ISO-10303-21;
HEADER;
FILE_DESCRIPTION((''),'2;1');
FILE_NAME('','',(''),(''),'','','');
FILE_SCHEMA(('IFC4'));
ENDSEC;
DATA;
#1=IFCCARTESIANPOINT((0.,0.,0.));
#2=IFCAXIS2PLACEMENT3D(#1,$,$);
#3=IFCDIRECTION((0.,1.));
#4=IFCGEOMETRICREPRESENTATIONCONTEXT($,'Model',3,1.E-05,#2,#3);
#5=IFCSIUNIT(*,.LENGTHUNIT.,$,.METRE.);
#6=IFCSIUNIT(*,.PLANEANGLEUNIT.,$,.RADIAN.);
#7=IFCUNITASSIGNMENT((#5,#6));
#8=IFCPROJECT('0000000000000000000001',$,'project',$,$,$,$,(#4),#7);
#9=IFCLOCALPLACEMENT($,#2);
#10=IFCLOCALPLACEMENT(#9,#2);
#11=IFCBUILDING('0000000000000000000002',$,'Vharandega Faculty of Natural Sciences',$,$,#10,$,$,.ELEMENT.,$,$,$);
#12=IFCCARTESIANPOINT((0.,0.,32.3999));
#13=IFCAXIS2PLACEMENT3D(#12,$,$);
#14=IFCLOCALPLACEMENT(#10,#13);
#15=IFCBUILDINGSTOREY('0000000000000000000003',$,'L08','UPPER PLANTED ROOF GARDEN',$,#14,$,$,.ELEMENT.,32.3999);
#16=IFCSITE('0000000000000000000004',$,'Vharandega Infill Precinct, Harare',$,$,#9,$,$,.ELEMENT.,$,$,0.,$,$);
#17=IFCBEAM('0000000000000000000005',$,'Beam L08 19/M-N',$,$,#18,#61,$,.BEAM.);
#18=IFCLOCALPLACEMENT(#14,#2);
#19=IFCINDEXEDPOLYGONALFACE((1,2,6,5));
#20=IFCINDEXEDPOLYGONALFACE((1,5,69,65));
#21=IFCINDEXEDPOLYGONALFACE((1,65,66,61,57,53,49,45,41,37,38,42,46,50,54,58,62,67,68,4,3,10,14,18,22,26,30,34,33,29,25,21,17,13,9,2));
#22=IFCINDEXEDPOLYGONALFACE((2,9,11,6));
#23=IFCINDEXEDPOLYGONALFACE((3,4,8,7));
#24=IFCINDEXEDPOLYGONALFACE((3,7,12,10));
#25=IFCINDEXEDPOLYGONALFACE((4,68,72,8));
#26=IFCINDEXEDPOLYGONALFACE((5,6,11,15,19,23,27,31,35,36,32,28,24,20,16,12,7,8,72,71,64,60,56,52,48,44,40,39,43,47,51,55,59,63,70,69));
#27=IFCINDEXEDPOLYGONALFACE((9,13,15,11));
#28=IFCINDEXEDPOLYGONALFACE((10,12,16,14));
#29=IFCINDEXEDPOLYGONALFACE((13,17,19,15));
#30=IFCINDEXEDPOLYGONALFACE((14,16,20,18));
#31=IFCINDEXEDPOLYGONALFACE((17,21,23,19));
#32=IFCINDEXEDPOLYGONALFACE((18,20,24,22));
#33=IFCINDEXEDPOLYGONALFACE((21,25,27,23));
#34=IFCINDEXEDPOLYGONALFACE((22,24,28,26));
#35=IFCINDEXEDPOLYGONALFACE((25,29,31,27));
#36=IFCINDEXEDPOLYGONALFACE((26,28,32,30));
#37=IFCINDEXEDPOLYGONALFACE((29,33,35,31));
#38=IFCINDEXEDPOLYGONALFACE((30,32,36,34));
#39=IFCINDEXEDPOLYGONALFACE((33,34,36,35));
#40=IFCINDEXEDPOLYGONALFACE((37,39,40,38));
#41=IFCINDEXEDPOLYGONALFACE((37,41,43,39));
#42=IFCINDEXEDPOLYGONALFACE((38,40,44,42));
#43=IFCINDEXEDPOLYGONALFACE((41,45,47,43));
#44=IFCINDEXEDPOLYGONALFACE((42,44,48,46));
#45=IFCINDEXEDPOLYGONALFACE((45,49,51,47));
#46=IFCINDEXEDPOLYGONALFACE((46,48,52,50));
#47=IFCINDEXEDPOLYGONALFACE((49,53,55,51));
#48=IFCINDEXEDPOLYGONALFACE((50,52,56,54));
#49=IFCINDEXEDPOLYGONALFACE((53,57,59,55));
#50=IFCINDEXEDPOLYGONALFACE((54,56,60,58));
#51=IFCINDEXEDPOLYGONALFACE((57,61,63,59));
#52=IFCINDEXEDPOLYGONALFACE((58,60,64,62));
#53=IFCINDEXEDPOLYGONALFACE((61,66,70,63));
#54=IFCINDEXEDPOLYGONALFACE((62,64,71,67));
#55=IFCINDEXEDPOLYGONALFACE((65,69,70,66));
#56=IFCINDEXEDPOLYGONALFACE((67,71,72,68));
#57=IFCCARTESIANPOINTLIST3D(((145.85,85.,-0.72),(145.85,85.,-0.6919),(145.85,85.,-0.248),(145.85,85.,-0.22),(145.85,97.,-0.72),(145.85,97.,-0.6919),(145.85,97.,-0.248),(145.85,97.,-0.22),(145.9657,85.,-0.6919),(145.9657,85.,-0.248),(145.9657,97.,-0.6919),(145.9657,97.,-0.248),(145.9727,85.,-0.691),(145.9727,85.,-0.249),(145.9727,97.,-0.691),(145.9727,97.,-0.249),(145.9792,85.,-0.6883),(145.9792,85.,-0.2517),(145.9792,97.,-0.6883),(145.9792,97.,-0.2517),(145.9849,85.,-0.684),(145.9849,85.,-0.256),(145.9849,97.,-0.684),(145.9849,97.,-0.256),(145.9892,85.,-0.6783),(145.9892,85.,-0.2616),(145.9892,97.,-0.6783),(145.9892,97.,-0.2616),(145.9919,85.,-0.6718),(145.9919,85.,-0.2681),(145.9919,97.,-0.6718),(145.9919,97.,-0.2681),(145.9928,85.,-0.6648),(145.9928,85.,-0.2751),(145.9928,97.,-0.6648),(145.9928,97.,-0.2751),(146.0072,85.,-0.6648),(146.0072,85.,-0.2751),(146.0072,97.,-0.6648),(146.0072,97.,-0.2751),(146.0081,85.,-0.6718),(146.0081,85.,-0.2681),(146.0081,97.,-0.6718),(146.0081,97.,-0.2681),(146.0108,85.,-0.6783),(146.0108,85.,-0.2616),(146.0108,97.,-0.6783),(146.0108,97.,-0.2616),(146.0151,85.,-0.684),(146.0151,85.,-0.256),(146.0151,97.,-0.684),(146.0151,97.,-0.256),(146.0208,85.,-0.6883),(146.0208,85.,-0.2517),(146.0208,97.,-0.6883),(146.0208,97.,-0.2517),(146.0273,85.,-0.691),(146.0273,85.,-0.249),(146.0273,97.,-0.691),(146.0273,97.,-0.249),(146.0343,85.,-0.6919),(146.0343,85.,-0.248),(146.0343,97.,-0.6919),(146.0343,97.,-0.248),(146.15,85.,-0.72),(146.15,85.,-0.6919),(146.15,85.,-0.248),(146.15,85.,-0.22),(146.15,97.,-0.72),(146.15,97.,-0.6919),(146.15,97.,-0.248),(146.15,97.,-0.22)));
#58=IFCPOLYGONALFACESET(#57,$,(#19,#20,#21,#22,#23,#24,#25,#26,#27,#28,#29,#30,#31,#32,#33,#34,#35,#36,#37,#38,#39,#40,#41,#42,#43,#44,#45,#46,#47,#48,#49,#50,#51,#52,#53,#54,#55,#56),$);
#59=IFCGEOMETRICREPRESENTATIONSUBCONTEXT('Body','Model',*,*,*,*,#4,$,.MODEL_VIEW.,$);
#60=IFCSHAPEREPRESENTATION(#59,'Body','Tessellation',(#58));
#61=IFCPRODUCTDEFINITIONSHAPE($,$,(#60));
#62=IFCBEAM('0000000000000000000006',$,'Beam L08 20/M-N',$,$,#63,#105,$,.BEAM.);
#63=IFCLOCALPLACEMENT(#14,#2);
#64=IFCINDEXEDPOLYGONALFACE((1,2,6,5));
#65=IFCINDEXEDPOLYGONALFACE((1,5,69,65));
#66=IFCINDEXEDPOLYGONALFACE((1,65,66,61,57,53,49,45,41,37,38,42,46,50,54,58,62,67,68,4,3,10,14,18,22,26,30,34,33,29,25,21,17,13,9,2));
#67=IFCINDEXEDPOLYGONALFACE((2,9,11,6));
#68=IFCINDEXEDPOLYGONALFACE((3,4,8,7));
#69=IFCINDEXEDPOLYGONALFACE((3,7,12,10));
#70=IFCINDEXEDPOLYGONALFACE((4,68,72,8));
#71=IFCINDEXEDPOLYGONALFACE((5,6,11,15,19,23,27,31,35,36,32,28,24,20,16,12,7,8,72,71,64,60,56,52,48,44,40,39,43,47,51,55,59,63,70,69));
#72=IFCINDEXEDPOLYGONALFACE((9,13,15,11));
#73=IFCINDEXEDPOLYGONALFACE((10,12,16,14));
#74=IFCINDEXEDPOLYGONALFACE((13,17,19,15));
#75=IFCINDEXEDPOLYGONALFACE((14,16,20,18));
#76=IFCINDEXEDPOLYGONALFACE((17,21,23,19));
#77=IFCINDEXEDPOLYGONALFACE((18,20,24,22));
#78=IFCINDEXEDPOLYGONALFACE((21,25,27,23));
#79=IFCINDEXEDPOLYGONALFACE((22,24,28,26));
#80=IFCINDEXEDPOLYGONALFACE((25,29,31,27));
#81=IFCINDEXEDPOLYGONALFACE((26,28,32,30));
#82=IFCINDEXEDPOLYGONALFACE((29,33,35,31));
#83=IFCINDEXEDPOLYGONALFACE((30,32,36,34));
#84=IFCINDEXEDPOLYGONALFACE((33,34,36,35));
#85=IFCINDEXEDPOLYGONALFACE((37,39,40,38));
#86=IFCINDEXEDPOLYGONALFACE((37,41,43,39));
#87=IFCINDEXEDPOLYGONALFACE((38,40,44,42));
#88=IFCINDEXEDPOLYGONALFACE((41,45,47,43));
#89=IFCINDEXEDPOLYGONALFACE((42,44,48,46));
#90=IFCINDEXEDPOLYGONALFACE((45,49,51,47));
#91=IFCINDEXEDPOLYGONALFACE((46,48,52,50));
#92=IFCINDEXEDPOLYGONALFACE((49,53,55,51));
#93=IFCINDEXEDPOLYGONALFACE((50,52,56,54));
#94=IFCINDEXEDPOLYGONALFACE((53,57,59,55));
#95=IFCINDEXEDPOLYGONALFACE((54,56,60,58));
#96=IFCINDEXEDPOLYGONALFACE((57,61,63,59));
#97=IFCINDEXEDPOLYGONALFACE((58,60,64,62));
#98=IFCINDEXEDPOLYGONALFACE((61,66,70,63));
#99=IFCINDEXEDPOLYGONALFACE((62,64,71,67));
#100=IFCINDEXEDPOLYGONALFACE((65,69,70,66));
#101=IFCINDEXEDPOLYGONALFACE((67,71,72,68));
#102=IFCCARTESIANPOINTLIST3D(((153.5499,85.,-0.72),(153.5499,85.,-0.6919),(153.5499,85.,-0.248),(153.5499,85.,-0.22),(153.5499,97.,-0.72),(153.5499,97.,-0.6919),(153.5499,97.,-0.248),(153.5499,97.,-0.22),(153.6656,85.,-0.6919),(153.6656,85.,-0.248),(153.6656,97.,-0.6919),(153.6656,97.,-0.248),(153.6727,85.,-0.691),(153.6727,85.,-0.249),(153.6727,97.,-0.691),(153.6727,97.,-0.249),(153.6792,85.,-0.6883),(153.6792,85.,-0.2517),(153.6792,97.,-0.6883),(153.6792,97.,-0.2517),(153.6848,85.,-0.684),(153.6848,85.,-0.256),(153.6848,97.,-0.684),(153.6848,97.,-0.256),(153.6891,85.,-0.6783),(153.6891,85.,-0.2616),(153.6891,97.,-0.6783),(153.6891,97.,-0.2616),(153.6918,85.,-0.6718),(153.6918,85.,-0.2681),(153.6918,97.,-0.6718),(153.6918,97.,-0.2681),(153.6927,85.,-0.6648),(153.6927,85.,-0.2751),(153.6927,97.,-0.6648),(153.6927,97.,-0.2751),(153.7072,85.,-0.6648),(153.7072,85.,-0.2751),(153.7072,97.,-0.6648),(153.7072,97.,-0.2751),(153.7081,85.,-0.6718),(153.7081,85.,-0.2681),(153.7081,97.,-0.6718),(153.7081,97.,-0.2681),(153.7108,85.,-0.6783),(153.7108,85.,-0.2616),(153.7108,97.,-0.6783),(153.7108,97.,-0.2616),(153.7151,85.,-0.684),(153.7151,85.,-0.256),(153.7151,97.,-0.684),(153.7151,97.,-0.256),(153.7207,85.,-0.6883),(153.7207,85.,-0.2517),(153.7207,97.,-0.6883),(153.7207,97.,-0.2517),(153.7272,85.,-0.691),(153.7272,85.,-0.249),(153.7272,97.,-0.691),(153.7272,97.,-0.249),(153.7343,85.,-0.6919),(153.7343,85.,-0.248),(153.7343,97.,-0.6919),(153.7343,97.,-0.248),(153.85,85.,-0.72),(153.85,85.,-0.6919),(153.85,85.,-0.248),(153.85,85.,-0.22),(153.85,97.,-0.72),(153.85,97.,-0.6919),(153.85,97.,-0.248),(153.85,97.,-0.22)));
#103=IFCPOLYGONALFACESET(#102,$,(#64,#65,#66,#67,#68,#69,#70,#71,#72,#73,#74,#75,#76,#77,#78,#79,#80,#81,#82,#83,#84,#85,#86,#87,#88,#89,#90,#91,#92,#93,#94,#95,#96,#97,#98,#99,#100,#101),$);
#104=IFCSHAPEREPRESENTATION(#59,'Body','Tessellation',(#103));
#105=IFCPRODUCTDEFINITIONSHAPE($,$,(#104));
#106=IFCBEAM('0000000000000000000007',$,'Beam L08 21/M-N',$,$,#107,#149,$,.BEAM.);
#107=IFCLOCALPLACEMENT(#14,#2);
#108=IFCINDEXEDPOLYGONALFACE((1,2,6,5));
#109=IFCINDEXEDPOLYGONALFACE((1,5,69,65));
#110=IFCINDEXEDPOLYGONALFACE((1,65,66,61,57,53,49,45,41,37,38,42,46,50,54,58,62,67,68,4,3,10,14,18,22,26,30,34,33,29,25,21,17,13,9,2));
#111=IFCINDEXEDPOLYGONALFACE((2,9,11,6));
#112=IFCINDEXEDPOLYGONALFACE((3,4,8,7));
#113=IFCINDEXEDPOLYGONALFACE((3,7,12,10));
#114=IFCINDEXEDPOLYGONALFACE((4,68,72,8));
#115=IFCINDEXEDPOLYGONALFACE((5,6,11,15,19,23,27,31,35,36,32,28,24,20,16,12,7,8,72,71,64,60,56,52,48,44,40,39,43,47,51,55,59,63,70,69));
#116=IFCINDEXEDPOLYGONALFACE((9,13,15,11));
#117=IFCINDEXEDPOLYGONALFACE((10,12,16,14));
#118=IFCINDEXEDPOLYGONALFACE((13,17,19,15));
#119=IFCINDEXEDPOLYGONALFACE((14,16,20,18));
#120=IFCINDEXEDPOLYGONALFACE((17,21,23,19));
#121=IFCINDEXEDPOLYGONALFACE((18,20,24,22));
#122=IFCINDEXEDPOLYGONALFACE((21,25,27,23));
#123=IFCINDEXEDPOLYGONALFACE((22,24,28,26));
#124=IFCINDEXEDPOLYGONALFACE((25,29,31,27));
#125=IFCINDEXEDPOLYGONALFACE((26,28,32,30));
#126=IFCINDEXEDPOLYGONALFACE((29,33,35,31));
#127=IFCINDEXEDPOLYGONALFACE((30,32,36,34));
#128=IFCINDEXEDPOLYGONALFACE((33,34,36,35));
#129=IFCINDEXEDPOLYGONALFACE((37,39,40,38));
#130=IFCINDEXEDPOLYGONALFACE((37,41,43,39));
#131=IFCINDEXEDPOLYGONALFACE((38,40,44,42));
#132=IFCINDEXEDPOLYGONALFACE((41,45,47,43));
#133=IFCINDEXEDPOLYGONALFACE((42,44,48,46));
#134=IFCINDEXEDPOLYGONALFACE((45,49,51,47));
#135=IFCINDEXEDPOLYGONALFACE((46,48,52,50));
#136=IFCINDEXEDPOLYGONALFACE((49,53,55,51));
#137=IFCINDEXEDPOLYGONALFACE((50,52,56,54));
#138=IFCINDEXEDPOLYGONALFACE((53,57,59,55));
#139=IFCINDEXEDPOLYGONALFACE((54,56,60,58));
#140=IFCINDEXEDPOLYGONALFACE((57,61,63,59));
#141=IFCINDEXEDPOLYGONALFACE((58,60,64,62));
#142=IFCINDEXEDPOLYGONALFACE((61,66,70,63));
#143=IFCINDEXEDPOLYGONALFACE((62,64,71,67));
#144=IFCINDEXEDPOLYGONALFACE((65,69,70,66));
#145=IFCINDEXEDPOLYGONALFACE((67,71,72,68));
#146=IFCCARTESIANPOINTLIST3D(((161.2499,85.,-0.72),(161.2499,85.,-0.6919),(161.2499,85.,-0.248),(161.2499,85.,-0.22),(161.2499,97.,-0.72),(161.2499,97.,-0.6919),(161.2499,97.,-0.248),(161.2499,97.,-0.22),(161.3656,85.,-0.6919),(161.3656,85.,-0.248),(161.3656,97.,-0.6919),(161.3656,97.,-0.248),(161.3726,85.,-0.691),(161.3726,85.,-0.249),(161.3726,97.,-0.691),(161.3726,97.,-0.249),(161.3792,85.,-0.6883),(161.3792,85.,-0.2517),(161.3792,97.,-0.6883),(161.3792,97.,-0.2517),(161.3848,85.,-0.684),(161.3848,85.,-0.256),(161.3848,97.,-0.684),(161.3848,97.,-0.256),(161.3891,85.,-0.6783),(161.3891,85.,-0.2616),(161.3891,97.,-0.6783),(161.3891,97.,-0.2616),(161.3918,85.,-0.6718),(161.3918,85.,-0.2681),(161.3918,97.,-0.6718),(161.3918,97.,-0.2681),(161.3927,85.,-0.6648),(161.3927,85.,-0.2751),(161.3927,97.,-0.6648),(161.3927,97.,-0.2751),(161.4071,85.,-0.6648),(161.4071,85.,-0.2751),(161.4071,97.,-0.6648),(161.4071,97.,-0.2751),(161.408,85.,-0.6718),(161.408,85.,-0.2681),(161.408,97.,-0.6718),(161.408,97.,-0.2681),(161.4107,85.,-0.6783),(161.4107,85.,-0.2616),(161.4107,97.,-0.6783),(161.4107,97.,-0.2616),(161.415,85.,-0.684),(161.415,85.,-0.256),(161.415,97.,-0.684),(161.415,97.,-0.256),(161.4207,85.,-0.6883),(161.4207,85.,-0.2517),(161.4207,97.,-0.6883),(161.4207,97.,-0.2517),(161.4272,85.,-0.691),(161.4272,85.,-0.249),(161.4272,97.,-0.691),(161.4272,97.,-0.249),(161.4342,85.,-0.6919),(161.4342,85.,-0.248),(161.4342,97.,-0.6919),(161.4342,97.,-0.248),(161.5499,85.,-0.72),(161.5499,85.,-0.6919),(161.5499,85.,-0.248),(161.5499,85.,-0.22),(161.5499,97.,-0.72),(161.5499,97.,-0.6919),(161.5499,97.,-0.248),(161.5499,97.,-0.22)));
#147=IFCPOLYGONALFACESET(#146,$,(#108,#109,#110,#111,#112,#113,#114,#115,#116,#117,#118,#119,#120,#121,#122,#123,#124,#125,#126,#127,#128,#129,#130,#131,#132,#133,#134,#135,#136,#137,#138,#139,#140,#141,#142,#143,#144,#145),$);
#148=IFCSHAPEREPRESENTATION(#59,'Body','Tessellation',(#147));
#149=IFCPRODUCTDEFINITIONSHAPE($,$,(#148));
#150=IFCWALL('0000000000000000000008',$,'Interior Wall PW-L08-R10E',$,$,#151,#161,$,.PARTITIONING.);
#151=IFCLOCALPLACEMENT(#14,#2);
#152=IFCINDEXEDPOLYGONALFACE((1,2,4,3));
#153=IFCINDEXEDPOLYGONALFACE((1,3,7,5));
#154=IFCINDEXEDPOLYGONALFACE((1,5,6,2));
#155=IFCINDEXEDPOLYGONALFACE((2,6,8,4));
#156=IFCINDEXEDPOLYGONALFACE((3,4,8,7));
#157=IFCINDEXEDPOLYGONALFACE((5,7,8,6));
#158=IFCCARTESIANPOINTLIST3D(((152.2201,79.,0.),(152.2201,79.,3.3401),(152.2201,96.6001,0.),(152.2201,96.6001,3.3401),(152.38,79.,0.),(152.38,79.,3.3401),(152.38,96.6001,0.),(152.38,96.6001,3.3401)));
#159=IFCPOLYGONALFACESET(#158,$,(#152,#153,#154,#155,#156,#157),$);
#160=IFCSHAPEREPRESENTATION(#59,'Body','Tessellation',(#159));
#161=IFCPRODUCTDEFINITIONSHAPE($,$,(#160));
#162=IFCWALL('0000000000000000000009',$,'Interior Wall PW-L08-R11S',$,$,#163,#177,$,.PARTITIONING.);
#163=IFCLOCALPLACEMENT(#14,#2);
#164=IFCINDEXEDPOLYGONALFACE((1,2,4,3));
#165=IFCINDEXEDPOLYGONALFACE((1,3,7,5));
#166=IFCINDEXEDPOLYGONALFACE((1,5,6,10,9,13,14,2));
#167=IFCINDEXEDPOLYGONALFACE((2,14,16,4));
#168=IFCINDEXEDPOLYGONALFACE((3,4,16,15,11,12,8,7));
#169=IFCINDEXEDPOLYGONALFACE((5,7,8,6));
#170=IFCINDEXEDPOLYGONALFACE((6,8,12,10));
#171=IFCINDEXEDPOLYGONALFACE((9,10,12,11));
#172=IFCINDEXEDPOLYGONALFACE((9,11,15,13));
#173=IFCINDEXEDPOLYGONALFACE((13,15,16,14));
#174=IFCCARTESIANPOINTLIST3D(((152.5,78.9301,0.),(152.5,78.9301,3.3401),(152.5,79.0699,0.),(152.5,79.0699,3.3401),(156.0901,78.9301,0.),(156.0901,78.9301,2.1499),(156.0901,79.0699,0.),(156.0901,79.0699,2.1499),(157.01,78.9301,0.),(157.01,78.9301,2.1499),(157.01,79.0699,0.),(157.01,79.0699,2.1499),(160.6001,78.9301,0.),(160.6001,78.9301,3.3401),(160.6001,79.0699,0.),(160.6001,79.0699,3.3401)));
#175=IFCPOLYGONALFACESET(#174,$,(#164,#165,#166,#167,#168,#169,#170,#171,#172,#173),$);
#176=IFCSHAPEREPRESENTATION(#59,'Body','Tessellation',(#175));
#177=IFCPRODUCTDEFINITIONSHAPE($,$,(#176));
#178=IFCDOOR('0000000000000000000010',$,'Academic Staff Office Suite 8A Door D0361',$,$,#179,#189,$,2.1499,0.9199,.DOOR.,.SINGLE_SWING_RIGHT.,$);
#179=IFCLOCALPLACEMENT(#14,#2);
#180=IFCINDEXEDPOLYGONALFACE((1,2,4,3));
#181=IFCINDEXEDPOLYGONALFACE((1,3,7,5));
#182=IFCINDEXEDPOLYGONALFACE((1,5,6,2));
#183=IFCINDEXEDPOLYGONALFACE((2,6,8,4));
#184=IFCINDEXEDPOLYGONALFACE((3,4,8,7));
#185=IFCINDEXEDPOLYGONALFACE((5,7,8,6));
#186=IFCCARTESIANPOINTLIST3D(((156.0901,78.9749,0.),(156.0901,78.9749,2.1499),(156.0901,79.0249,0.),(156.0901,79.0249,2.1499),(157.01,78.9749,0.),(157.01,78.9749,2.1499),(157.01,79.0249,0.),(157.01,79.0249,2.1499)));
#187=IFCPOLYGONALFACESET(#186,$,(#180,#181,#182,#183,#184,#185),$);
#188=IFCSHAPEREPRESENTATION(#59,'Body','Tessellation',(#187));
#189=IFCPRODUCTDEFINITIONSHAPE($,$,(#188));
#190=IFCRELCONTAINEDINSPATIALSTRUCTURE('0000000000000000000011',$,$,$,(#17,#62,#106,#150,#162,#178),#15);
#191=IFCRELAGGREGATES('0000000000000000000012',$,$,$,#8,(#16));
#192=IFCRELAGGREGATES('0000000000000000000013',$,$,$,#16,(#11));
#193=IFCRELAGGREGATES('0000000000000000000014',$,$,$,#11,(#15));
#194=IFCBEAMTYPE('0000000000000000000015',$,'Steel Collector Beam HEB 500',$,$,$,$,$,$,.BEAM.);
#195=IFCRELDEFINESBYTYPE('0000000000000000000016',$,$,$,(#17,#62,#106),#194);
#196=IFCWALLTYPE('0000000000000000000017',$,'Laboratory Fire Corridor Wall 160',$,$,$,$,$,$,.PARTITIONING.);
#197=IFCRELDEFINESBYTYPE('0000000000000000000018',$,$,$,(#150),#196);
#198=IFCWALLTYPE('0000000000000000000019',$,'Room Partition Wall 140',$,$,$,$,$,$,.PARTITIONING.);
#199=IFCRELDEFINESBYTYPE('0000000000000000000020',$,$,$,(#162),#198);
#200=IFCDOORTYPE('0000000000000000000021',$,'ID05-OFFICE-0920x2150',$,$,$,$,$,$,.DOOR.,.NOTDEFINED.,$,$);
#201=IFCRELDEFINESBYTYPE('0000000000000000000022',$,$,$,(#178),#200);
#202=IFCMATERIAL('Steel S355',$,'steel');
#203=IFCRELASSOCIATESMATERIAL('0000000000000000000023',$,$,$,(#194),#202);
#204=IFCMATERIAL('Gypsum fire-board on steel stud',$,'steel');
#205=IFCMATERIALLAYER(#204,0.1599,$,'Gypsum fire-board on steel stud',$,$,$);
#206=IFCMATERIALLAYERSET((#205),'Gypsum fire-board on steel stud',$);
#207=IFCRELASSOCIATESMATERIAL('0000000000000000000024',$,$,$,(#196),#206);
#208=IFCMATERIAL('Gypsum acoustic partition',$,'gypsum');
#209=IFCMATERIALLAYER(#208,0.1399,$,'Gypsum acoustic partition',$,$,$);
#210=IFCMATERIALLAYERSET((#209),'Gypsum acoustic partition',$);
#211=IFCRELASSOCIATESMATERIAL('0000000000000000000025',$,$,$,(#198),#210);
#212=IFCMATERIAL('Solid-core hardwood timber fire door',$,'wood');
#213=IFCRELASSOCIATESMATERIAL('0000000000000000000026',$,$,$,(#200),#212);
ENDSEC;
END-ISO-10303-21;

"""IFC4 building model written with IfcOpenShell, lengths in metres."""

from ifc_helpers import new_model, si_unit, direction, frame, frame_2d, origin, origin_2d, place, context, subcontext, project, spatial, rectangle, i_section, extrude, material, layer, layer_set, material_profile, profile_set, type_object, element, fill, save


model = new_model("IFC4")

# Units and contexts
model_context = context("Model", 3, precision=1e-05, world=origin(), true_north=direction((0.0, 1.0)))
body_context = subcontext(model_context, "Body", "Model", "MODEL_VIEW")
ifc_project = project(units=[si_unit("LENGTHUNIT", "METRE"), si_unit("PLANEANGLEUNIT", "RADIAN")], contexts=[model_context])

# Site, building, storey
site_placement = place(None, origin())
site = spatial("IfcSite", under=ifc_project, at=site_placement, Name="Vharandega Infill Precinct, Harare", CompositionType="ELEMENT", RefElevation=0.0)
building_placement = place(site_placement, origin())
building = spatial("IfcBuilding", under=site, at=building_placement, Name="Vharandega Faculty of Natural Sciences", CompositionType="ELEMENT")
storey_placement = place(building_placement, frame((0.0, 0.0, 32.3999)))
storey = spatial("IfcBuildingStorey", under=building, at=storey_placement, Name="L08", Description="UPPER PLANTED ROOF GARDEN", CompositionType="ELEMENT", Elevation=32.3999)

# Beams
ifc_material_1 = material(Name="Steel S355", Category="steel")
ifc_material_profile_1 = material_profile(ifc_material_1, i_section(OverallWidth=0.3, OverallDepth=0.5, WebThickness=0.0144, FlangeThickness=0.0281, FilletRadius=0.0271, at=origin_2d()), Name="HEB 500")
ifc_profile_set_1 = profile_set([ifc_material_profile_1], Name="Steel S355")
beam_type_1 = type_object("IfcBeamType", Name="Steel Collector Beam HEB 500", PredefinedType="BEAM", material=ifc_profile_set_1)
for number, where, z_axis, x_axis, name in (
    (1, (146.0, 85.0, -0.47), (0.0, 1.0, 0.0), (-1.0, 0.0, 0.0), "Beam L08 19/M-N"),
    (2, (153.7, 85.0, -0.47), (0.0, 1.0, 0.0), (-1.0, 0.0, 0.0), "Beam L08 20/M-N"),
    (3, (161.3999, 85.0, -0.47), (0.0, 1.0, 0.0), (-1.0, 0.0, 0.0), "Beam L08 21/M-N"),
):
    element("IfcBeam", number, at=place(storey_placement, frame(where, z_axis=z_axis, x_axis=x_axis)), inside=storey, type_object=beam_type_1, Name=name, PredefinedType="BEAM", context=body_context, shape_type="SweptSolid", body=[
        extrude(i_section(OverallWidth=0.3, OverallDepth=0.5, WebThickness=0.0144, FlangeThickness=0.0281, FilletRadius=0.0271, at=origin_2d()), origin(), (0.0, 0.0, 1.0), 12.0),
    ])

# Wall
ifc_material_2 = material(Name="Gypsum fire-board on steel stud", Category="steel")
ifc_layer_1 = layer(ifc_material_2, 0.1599, Name="Gypsum fire-board on steel stud")
ifc_layer_set_1 = layer_set([ifc_layer_1], Name="Gypsum fire-board on steel stud")
wall_type_1 = type_object("IfcWallType", Name="Laboratory Fire Corridor Wall 160", PredefinedType="PARTITIONING", material=ifc_layer_set_1)
wall_1_placement = place(storey_placement, frame((152.3, 79.0, 0.0), z_axis=(0.0, 0.0, 1.0), x_axis=(0.0, 1.0, 0.0)))
element("IfcWall", 4, at=wall_1_placement, inside=storey, type_object=wall_type_1, Name="Interior Wall PW-L08-R10E", PredefinedType="PARTITIONING", context=body_context, shape_type="SweptSolid", body=[
    extrude(rectangle(XDim=17.6001, YDim=0.1599, at=frame_2d((8.8, 0.0))), origin(), (0.0, 0.0, 1.0), 3.3401),
])

# Wall, opening, door
ifc_material_3 = material(Name="Gypsum acoustic partition", Category="gypsum")
ifc_layer_2 = layer(ifc_material_3, 0.1399, Name="Gypsum acoustic partition")
ifc_layer_set_2 = layer_set([ifc_layer_2], Name="Gypsum acoustic partition")
wall_type_2 = type_object("IfcWallType", Name="Room Partition Wall 140", PredefinedType="PARTITIONING", material=ifc_layer_set_2)
wall_2_placement = place(storey_placement, frame((152.5, 79.0, 0.0), z_axis=(0.0, 0.0, 1.0), x_axis=(1.0, 0.0, 0.0)))
wall_2 = element("IfcWall", 5, at=wall_2_placement, inside=storey, type_object=wall_type_2, Name="Interior Wall PW-L08-R11S", PredefinedType="PARTITIONING", context=body_context, shape_type="SweptSolid", body=[
    extrude(rectangle(XDim=8.1001, YDim=0.1399, at=frame_2d((4.05, 0.0))), origin(), (0.0, 0.0, 1.0), 3.3401),
])
opening_1_placement = place(wall_2_placement, frame((3.5901, 0.0, 0.0)))
opening_1 = element("IfcOpeningElement", 6, at=opening_1_placement, cuts=wall_2, PredefinedType="OPENING", context=body_context, shape_type="SweptSolid", body=[
    extrude(rectangle(XDim=0.9199, YDim=2.1499, at=frame_2d((0.46, 1.075))), frame((0.0, 0.0801, 0.0), z_axis=(0.0, -1.0, 0.0), x_axis=(1.0, 0.0, 0.0)), (0.0, 0.0, 1.0), 0.1599),
])
ifc_material_4 = material(Name="Solid-core hardwood timber fire door", Category="wood")
door_type_1 = type_object("IfcDoorType", Name="ID05-OFFICE-0920x2150", OperationType="NOTDEFINED", PredefinedType="DOOR", material=ifc_material_4)
door_1_placement = place(opening_1_placement, origin())
door_1 = element("IfcDoor", 7, at=door_1_placement, inside=storey, type_object=door_type_1, Name="Academic Staff Office Suite 8A Door D0361", OperationType="SINGLE_SWING_RIGHT", OverallHeight=2.1499, OverallWidth=0.9199, PredefinedType="DOOR", context=body_context, shape_type="SweptSolid", body=[
    extrude(rectangle(XDim=0.9199, YDim=2.1499, at=frame_2d((0.46, 1.075))), frame((0.0, 0.0249, 0.0), z_axis=(0.0, -1.0, 0.0), x_axis=(1.0, 0.0, 0.0)), (0.0, 0.0, 1.0), 0.05),
])
fill(opening_1, door_1)

save(model, "model.ifc")
